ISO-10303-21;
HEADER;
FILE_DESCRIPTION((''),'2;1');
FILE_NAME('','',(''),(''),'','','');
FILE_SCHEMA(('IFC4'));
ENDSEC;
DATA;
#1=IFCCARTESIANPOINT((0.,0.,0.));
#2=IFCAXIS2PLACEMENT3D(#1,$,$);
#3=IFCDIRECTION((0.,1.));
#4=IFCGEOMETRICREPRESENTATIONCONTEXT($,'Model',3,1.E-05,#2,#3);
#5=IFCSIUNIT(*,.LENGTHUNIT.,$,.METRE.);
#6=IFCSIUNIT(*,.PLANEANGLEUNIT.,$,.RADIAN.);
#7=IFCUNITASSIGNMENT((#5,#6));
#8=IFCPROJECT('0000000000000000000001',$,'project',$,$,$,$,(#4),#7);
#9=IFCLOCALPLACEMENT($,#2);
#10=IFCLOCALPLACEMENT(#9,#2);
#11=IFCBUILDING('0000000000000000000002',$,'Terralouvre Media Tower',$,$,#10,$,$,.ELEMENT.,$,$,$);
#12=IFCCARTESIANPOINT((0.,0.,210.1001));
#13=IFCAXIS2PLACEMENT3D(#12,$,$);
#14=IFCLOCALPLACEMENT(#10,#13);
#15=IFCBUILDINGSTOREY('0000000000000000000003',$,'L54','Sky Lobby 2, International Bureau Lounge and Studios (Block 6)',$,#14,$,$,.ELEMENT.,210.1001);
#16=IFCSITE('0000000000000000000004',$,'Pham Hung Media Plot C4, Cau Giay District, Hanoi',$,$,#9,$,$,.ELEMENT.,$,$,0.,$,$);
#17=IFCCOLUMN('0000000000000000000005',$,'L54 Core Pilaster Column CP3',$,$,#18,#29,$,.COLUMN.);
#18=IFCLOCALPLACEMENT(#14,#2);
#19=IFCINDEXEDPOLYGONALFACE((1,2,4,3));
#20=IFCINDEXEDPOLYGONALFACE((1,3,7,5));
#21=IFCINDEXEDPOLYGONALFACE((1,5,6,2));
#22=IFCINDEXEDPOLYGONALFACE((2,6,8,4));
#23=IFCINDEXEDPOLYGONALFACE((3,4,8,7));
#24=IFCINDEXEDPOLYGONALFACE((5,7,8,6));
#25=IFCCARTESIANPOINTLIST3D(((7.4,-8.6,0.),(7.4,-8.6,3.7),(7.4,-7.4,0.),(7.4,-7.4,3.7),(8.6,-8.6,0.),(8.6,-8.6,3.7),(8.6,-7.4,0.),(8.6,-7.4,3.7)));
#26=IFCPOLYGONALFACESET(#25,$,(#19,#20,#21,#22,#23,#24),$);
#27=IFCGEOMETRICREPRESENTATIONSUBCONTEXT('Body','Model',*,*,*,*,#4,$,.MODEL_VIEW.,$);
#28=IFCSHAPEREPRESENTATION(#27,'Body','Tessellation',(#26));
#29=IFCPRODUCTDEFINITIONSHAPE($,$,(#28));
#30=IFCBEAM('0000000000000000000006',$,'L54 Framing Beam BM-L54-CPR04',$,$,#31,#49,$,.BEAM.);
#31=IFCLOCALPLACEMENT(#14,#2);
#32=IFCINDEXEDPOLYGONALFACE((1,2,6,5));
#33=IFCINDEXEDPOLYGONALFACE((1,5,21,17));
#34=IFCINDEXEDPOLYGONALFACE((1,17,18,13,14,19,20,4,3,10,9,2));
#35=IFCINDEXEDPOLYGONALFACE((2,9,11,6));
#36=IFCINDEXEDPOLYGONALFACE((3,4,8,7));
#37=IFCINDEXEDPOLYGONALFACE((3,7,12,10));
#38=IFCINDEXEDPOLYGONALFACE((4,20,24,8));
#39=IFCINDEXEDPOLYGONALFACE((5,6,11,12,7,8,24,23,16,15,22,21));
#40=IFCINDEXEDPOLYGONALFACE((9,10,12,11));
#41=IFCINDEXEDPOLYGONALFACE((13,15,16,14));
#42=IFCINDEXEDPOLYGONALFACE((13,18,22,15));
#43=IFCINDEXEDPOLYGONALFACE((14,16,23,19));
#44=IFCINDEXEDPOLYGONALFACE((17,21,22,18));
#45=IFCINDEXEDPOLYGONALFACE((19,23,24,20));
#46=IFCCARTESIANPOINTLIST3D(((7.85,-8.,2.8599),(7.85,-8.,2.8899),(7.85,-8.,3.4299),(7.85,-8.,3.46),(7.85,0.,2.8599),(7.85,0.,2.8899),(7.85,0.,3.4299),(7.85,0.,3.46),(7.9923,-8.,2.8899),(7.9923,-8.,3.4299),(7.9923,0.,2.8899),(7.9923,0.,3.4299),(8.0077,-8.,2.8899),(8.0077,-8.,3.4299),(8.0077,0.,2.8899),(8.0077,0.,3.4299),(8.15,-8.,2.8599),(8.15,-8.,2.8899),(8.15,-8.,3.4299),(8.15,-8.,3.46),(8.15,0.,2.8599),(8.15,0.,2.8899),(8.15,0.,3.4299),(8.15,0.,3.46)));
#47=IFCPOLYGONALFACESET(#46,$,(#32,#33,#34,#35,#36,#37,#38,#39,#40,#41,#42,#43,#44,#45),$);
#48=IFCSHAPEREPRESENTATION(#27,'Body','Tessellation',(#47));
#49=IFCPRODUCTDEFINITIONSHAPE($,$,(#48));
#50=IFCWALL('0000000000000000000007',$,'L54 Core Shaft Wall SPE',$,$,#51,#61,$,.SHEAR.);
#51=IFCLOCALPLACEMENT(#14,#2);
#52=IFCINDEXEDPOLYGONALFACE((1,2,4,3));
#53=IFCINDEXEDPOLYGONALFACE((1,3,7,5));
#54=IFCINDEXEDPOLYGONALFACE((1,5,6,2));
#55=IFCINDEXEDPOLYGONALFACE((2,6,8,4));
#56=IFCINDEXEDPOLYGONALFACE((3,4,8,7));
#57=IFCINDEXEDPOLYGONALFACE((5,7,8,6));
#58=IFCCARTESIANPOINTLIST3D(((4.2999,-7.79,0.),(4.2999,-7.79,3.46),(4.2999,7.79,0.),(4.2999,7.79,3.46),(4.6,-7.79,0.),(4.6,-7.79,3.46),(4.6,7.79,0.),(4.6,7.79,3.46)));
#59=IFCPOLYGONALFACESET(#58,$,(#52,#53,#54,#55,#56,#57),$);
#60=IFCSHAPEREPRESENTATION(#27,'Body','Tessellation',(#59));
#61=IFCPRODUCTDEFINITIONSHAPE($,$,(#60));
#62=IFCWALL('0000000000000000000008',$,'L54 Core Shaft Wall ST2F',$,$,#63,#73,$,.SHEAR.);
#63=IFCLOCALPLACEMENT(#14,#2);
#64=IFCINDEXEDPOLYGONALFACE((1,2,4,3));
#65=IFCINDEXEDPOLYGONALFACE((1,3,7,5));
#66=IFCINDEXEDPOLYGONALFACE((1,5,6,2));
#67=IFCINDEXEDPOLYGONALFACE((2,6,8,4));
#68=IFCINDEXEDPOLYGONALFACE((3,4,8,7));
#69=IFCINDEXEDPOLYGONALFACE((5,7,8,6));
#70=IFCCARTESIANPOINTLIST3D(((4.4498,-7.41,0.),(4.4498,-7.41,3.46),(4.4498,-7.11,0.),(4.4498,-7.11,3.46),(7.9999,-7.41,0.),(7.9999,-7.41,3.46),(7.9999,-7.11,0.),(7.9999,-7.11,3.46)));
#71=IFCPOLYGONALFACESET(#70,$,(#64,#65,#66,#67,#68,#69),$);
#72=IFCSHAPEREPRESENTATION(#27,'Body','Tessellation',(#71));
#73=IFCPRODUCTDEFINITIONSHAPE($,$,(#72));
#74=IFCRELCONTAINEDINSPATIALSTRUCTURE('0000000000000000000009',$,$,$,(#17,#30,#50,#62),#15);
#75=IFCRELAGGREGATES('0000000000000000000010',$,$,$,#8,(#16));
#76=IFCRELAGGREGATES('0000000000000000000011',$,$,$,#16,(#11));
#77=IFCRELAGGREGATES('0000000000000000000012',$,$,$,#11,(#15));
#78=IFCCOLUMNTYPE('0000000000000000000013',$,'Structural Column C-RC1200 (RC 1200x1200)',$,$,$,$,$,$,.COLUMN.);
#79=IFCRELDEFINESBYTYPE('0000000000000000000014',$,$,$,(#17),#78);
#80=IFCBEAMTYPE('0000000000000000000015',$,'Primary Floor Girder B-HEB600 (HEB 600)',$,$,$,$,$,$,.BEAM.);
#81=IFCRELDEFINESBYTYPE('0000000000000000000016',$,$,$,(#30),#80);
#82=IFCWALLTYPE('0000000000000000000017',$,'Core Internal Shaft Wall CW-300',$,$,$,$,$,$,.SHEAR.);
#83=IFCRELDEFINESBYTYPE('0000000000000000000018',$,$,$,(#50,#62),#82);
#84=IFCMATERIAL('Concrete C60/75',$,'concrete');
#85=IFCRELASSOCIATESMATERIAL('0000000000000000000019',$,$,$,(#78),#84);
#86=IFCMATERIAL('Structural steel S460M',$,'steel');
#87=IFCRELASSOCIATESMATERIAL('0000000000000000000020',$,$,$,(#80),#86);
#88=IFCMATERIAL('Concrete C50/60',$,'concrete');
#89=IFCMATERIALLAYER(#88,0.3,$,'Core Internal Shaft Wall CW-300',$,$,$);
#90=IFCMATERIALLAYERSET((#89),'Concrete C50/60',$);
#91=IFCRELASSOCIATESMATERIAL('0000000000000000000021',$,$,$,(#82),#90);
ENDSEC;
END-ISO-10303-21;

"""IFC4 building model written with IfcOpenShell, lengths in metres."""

from ifc_helpers import new_model, si_unit, direction, frame, frame_2d, origin, origin_2d, place, context, subcontext, project, spatial, rectangle, i_section, extrude, material, layer, layer_set, material_profile, profile_set, type_object, element, save


model = new_model("IFC4")

# Units and contexts
model_context = context("Model", 3, precision=1e-05, world=origin(), true_north=direction((0.0, 1.0)))
body_context = subcontext(model_context, "Body", "Model", "MODEL_VIEW")
ifc_project = project(units=[si_unit("LENGTHUNIT", "METRE"), si_unit("PLANEANGLEUNIT", "RADIAN")], contexts=[model_context])

# Site, building, storey
site_placement = place(None, origin())
site = spatial("IfcSite", under=ifc_project, at=site_placement, Name="Pham Hung Media Plot C4, Cau Giay District, Hanoi", CompositionType="ELEMENT", RefElevation=0.0)
building_placement = place(site_placement, origin())
building = spatial("IfcBuilding", under=site, at=building_placement, Name="Terralouvre Media Tower", CompositionType="ELEMENT")
storey_placement = place(building_placement, frame((0.0, 0.0, 210.1001)))
storey = spatial("IfcBuildingStorey", under=building, at=storey_placement, Name="L54", Description="Sky Lobby 2, International Bureau Lounge and Studios (Block 6)", CompositionType="ELEMENT", Elevation=210.1001)

# Column
ifc_material_1 = material(Name="Concrete C60/75", Category="concrete")
ifc_material_profile_1 = material_profile(ifc_material_1, rectangle(XDim=1.2, YDim=1.2, at=origin_2d()), Name="RC 1200x1200")
ifc_profile_set_1 = profile_set([ifc_material_profile_1], Name="Concrete C60/75")
column_type = type_object("IfcColumnType", Name="Structural Column C-RC1200 (RC 1200x1200)", PredefinedType="COLUMN", material=ifc_profile_set_1)
column_placement = place(storey_placement, frame((8.0, -8.0, 0.0), z_axis=(0.0, 0.0, 1.0), x_axis=(1.0, 0.0, 0.0)))
element("IfcColumn", 1, at=column_placement, inside=storey, type_object=column_type, Name="L54 Core Pilaster Column CP3", PredefinedType="COLUMN", context=body_context, shape_type="SweptSolid", body=[
    extrude(rectangle(XDim=1.2, YDim=1.2, at=origin_2d()), origin(), (0.0, 0.0, 1.0), 3.7),
])

# Beam
ifc_material_2 = material(Name="Structural steel S460M", Category="steel")
ifc_material_profile_2 = material_profile(ifc_material_2, i_section(OverallWidth=0.3, OverallDepth=0.6001, WebThickness=0.0154, FlangeThickness=0.03, at=origin_2d()), Name="HEB 600")
ifc_profile_set_2 = profile_set([ifc_material_profile_2], Name="Structural steel S460M")
beam_type = type_object("IfcBeamType", Name="Primary Floor Girder B-HEB600 (HEB 600)", PredefinedType="BEAM", material=ifc_profile_set_2)
beam_placement = place(storey_placement, frame((8.0, -8.0, 3.1599), z_axis=(0.0, 1.0, 0.0), x_axis=(-1.0, 0.0, 0.0)))
element("IfcBeam", 2, at=beam_placement, inside=storey, type_object=beam_type, Name="L54 Framing Beam BM-L54-CPR04", PredefinedType="BEAM", context=body_context, shape_type="SweptSolid", body=[
    extrude(i_section(OverallWidth=0.3, OverallDepth=0.6001, WebThickness=0.0154, FlangeThickness=0.03, at=origin_2d()), origin(), (0.0, 0.0, 1.0), 8.0),
])

# Wall
ifc_material_3 = material(Name="Concrete C50/60", Category="concrete")
ifc_layer_1 = layer(ifc_material_3, 0.3, Name="Core Internal Shaft Wall CW-300")
ifc_layer_set_1 = layer_set([ifc_layer_1], Name="Concrete C50/60")
wall_type_1 = type_object("IfcWallType", Name="Core Internal Shaft Wall CW-300", PredefinedType="SHEAR", material=ifc_layer_set_1)
wall_1_placement = place(storey_placement, frame((4.45, -7.79, 0.0), z_axis=(0.0, 0.0, 1.0), x_axis=(0.0, 1.0, 0.0)))
element("IfcWall", 3, at=wall_1_placement, inside=storey, type_object=wall_type_1, Name="L54 Core Shaft Wall SPE", PredefinedType="SHEAR", context=body_context, shape_type="SweptSolid", body=[
    extrude(rectangle(XDim=15.5801, YDim=0.3, at=frame_2d((7.79, 0.0))), origin(), (0.0, 0.0, 1.0), 3.46),
])

# Wall
wall_2_placement = place(storey_placement, frame((4.45, -7.26, 0.0), z_axis=(0.0, 0.0, 1.0), x_axis=(1.0, 0.0, 0.0)))
element("IfcWall", 4, at=wall_2_placement, inside=storey, type_object=wall_type_1, Name="L54 Core Shaft Wall ST2F", PredefinedType="SHEAR", context=body_context, shape_type="SweptSolid", body=[
    extrude(rectangle(XDim=3.55, YDim=0.3, at=frame_2d((1.7749, 0.0))), origin(), (0.0, 0.0, 1.0), 3.46),
])

save(model, "model.ifc")
